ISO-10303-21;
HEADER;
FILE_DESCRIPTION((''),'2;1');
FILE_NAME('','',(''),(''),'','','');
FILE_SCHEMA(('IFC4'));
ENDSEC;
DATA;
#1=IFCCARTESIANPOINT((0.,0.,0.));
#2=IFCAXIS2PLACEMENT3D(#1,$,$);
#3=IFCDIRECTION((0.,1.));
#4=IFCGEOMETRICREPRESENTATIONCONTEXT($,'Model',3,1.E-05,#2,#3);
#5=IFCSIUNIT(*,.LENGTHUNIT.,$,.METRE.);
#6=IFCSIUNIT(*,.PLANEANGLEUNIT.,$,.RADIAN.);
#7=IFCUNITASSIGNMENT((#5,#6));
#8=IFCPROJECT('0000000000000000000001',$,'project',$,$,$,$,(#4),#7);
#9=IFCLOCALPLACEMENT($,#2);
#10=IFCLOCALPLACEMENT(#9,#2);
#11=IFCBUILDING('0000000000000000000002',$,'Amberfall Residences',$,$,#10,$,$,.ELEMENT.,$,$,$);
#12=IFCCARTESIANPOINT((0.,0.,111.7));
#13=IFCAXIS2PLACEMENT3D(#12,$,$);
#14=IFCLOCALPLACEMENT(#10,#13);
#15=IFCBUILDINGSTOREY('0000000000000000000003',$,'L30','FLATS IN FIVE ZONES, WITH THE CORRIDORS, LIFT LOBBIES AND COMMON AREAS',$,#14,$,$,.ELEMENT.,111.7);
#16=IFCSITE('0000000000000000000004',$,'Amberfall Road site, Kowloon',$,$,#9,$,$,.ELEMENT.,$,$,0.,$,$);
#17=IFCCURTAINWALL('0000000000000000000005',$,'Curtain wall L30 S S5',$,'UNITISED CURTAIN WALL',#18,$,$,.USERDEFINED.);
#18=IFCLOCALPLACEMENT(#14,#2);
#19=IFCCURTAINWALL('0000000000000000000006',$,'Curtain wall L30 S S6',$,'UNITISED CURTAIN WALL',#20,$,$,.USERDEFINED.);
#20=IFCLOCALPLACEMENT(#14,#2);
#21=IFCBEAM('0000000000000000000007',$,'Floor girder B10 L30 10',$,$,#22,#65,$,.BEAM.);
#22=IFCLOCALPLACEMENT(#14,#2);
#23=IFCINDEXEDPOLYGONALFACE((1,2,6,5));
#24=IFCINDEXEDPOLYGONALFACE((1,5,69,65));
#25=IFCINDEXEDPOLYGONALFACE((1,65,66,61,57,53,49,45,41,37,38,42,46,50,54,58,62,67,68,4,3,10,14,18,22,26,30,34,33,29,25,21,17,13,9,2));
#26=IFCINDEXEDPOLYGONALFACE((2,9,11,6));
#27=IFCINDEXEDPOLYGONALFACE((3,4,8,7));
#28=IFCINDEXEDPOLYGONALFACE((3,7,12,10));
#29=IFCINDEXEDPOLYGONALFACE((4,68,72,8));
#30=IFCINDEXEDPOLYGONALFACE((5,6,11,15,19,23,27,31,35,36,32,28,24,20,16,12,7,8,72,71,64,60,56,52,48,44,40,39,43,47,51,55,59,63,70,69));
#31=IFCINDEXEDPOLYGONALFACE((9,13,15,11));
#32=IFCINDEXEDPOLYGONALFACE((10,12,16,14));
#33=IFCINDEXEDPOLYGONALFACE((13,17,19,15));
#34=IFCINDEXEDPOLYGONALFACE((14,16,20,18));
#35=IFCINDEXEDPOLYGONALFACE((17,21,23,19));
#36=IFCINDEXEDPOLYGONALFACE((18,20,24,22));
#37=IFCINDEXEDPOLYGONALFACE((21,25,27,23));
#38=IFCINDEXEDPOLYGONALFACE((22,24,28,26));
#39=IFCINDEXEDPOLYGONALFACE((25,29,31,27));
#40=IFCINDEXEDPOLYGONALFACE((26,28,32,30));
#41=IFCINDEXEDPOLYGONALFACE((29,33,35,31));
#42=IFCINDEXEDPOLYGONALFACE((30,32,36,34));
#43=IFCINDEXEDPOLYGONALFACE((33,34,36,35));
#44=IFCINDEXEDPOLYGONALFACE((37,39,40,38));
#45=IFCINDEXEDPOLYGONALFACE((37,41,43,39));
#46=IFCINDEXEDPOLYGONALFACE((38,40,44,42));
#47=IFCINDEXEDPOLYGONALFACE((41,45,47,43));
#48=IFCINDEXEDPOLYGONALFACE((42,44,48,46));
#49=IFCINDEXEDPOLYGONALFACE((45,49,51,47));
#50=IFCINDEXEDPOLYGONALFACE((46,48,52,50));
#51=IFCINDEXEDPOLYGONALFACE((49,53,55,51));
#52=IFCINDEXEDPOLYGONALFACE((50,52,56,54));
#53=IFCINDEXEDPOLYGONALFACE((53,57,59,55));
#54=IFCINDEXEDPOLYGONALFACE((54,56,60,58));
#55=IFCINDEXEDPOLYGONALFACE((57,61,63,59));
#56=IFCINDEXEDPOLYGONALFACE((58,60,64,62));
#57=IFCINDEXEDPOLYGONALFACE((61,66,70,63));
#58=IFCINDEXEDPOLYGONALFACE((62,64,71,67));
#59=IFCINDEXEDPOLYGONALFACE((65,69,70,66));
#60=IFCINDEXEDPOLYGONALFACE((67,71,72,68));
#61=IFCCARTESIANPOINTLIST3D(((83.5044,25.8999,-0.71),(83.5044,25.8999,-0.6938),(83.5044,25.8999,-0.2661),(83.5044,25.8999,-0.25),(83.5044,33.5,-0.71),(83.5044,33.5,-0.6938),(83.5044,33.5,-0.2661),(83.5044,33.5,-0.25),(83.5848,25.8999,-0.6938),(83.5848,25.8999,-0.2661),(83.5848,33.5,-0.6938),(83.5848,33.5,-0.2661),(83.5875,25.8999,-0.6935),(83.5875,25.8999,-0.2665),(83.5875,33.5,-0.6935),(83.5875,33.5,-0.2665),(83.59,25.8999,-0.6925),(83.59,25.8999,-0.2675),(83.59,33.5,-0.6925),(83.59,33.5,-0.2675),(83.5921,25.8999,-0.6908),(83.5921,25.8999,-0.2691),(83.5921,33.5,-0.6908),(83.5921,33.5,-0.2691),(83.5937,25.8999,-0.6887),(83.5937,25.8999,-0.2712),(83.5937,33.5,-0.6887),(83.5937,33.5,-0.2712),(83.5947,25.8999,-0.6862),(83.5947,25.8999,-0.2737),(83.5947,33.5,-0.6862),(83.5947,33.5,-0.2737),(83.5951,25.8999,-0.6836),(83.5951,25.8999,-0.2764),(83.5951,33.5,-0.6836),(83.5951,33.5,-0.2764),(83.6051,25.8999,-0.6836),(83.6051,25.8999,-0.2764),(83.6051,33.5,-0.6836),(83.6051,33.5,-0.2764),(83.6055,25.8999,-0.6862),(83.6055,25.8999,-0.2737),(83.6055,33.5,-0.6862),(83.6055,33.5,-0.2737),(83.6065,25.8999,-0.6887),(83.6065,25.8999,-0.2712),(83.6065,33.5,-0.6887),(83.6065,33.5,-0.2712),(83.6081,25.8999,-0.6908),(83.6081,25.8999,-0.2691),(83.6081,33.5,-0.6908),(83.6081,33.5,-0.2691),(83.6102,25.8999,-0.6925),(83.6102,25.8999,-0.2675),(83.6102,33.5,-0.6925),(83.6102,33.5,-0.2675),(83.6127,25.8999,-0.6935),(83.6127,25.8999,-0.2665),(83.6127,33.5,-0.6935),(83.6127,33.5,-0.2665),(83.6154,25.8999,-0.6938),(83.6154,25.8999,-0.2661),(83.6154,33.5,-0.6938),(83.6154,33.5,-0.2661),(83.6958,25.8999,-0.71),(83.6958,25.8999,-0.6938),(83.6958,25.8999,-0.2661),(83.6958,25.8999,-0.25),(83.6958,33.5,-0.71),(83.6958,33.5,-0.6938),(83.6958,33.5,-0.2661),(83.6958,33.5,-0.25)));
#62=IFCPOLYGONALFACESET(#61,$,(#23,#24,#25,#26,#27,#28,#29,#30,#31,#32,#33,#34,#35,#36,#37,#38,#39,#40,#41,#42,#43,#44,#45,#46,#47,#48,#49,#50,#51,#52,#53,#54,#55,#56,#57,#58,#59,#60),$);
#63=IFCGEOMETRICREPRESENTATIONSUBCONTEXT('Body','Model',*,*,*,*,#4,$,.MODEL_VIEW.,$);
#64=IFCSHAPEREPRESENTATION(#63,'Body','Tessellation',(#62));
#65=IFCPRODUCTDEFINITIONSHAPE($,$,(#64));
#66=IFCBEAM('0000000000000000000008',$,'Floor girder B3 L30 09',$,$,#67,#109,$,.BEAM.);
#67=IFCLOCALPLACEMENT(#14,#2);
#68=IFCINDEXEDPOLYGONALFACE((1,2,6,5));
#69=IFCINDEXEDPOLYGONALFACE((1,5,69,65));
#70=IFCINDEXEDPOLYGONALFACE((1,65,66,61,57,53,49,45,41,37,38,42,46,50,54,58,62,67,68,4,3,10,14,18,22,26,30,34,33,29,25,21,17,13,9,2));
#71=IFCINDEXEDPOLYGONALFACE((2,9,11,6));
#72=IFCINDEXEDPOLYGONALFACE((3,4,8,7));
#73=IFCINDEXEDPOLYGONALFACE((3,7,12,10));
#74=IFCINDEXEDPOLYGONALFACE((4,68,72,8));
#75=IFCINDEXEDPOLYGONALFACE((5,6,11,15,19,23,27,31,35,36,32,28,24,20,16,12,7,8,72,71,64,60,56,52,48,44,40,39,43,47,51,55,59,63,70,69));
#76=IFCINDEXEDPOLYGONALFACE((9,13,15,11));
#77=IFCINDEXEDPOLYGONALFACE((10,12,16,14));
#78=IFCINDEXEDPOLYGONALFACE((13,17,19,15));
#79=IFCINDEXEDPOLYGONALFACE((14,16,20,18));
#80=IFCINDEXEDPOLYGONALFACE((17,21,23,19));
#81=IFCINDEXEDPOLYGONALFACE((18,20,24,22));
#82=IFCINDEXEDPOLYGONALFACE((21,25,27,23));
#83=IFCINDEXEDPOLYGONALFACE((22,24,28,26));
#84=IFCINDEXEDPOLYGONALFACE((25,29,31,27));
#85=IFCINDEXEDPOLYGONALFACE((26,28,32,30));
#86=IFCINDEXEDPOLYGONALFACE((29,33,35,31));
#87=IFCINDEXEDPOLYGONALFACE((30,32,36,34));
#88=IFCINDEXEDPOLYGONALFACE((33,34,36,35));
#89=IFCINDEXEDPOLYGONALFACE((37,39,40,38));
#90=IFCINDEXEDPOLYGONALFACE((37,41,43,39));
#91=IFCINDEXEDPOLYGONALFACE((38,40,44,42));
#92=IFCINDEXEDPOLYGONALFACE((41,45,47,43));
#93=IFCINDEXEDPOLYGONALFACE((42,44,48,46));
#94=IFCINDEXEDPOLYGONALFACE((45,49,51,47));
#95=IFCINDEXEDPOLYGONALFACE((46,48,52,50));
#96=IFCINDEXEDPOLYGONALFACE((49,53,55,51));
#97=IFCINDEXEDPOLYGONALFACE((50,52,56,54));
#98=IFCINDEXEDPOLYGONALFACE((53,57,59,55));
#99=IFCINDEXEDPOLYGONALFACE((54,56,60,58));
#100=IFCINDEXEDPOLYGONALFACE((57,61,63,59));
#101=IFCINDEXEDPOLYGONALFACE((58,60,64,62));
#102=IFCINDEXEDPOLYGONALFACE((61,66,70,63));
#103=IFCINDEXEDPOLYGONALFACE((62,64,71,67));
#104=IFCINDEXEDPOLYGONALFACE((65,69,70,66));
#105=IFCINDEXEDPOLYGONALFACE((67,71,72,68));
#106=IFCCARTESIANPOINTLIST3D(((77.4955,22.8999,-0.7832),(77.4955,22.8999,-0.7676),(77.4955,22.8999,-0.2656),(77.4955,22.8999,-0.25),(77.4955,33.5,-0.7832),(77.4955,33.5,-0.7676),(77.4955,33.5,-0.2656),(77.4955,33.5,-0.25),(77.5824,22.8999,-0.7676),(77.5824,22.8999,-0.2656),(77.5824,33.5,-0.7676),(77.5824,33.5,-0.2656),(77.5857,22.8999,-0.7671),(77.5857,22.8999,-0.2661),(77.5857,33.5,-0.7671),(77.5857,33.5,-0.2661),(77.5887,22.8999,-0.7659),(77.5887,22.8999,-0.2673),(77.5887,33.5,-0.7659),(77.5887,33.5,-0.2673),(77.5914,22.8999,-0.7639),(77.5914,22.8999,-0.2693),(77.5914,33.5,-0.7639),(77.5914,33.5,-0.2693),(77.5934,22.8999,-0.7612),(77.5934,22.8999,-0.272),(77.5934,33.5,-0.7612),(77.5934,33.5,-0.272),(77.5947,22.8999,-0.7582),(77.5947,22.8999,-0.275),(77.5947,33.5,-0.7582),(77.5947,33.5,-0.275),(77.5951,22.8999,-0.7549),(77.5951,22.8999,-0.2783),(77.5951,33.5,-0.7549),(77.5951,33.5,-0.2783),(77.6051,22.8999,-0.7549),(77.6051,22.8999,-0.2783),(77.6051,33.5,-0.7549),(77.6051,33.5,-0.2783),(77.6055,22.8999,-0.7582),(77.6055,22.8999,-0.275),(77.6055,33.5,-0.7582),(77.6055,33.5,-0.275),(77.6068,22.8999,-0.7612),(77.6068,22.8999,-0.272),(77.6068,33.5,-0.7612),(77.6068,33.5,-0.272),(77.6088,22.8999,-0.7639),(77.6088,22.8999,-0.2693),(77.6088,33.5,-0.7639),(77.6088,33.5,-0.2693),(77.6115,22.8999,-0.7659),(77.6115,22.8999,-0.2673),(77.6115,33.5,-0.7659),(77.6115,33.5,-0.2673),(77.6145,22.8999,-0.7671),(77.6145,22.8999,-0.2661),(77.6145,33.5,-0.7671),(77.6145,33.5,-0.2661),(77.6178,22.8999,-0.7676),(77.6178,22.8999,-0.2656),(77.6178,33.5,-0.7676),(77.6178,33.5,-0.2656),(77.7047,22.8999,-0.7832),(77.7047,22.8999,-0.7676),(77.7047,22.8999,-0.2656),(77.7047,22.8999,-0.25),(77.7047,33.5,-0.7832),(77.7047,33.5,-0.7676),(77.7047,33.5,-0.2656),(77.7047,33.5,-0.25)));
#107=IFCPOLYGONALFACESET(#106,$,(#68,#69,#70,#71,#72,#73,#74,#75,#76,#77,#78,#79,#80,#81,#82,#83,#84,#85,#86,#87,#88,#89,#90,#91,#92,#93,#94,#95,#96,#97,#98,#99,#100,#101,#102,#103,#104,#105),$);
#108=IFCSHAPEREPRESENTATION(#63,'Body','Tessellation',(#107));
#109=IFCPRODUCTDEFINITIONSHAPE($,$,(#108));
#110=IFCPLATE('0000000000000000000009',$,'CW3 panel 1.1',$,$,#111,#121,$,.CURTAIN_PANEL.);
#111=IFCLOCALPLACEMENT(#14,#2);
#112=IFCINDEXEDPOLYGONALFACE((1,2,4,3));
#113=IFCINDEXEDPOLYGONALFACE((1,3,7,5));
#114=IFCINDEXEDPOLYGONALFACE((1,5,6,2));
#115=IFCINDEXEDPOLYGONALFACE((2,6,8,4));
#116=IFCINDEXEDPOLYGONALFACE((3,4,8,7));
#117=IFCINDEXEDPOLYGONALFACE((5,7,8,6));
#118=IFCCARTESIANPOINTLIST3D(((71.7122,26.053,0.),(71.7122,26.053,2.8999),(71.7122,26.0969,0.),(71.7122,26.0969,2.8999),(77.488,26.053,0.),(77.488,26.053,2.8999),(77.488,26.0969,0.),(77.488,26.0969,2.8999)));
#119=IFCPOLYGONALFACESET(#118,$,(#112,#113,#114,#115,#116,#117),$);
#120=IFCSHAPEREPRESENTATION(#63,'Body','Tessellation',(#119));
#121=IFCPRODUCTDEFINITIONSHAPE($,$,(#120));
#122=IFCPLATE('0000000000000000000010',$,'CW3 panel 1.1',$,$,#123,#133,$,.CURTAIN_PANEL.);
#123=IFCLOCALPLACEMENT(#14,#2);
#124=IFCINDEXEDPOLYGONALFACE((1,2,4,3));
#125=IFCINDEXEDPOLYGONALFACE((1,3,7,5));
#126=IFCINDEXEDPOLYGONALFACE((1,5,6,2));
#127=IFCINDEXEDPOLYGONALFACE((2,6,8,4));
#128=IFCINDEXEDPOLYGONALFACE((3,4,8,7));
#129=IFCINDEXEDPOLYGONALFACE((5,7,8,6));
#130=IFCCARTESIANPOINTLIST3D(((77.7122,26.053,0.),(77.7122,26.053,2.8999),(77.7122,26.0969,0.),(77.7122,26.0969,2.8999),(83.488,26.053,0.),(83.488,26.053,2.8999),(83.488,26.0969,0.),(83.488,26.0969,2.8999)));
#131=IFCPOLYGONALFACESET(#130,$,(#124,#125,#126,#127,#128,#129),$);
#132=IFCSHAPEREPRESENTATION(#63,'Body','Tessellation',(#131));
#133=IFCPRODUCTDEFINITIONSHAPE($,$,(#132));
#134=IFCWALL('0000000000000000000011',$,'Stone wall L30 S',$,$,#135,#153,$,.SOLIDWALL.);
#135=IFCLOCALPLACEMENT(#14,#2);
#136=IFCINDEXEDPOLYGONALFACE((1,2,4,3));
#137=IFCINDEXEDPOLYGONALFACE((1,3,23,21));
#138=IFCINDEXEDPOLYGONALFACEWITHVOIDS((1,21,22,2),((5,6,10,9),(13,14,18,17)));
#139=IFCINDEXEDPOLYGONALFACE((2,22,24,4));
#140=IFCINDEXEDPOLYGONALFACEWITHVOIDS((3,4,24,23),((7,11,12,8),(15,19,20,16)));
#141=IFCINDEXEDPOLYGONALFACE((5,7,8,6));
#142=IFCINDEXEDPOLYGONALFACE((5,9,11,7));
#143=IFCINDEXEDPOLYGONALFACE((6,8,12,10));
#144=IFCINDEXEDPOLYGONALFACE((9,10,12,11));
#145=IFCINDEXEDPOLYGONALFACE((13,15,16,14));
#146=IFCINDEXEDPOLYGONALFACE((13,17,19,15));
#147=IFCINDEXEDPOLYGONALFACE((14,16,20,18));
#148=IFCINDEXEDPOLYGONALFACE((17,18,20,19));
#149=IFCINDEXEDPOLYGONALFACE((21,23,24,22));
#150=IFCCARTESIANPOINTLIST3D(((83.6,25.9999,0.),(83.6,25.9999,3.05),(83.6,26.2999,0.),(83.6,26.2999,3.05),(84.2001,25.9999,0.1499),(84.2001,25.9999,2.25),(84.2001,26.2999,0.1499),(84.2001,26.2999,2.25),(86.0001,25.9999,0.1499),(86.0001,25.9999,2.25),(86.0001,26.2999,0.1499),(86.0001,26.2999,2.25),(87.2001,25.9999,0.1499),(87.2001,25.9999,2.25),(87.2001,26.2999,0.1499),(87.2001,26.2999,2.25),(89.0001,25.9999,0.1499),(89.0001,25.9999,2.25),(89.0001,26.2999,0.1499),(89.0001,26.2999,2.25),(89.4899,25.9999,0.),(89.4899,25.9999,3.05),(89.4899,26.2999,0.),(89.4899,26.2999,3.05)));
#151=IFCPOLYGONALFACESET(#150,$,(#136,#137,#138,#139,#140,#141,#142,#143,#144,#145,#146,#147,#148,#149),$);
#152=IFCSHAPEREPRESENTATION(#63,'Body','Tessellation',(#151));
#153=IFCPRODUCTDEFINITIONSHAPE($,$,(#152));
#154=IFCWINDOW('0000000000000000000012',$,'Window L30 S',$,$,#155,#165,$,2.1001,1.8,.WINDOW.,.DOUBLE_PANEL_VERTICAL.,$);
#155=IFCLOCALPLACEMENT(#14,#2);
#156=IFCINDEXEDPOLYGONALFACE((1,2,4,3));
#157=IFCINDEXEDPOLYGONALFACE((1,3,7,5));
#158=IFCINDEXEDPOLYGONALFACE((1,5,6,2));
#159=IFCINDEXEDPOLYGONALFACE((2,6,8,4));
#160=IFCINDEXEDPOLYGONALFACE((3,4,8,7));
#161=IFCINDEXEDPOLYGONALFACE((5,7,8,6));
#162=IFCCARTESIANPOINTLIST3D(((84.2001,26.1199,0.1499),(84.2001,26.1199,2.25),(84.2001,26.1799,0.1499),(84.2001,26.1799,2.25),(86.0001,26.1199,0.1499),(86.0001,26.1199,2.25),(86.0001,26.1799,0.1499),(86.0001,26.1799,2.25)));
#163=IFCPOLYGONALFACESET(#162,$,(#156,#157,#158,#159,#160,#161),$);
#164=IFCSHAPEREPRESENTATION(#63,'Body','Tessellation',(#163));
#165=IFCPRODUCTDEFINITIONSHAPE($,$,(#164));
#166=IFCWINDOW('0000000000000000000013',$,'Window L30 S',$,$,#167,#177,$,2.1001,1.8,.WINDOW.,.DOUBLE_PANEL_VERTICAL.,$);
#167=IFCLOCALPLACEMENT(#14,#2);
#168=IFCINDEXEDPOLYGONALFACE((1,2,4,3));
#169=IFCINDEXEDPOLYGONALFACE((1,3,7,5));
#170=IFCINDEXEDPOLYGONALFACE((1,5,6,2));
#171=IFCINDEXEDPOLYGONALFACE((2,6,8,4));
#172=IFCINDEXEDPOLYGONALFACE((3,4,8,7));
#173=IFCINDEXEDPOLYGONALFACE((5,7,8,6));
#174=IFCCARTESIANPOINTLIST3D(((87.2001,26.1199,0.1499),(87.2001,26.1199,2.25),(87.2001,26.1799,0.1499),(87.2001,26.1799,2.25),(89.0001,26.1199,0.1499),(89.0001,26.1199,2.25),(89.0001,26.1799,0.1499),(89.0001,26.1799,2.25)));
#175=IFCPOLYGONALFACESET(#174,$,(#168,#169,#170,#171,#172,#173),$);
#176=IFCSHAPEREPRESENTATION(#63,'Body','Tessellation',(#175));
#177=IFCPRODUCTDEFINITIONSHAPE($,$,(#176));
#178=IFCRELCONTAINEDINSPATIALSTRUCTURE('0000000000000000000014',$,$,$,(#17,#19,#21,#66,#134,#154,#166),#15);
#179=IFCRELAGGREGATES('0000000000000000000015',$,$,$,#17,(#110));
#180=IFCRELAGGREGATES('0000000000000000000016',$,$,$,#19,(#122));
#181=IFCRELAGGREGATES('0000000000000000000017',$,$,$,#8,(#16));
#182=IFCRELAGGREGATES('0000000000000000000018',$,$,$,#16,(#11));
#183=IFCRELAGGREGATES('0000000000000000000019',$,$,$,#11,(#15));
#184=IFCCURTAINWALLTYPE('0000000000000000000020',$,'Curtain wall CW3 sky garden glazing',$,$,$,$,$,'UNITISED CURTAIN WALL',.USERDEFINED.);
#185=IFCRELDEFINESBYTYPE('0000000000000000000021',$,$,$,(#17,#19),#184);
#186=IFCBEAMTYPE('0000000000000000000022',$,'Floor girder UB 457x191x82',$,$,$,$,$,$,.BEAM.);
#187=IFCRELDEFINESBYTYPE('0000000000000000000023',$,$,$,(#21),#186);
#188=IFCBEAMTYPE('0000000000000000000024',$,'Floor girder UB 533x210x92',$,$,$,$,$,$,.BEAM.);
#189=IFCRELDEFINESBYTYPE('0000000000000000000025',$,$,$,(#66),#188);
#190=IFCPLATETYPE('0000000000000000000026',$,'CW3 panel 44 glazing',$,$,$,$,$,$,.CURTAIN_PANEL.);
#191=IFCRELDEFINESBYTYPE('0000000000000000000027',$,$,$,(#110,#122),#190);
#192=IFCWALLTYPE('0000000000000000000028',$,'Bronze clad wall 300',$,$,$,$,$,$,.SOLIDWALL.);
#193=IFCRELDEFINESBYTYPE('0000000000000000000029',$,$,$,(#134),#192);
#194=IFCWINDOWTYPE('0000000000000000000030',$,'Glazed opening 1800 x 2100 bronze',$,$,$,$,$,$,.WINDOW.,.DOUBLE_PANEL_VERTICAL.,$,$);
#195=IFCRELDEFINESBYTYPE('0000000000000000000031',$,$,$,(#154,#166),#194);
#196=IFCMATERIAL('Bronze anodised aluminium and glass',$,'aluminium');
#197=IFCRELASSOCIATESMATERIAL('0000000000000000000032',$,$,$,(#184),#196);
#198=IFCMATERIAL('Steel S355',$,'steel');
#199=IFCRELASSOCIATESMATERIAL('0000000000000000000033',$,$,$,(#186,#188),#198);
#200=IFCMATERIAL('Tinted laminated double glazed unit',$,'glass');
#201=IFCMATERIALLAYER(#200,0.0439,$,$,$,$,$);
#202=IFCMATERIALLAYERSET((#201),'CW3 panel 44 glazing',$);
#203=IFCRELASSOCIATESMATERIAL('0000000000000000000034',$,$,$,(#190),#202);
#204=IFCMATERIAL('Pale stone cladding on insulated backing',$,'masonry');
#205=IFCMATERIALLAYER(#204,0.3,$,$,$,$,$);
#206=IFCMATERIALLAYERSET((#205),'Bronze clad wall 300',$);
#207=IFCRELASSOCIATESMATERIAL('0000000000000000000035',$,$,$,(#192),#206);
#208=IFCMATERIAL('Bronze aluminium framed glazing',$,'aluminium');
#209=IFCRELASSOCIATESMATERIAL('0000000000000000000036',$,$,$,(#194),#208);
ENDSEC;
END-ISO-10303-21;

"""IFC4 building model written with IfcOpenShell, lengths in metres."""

from ifc_helpers import new_model, si_unit, direction, frame, frame_2d, origin, origin_2d, place, context, subcontext, project, spatial, rectangle, i_section, extrude, material, layer, layer_set, material_profile, profile_set, type_object, element, fill, aggregate, save


model = new_model("IFC4")

# Units and contexts
model_context = context("Model", 3, precision=1e-05, world=origin(), true_north=direction((0.0, 1.0)))
body_context = subcontext(model_context, "Body", "Model", "MODEL_VIEW")
ifc_project = project(units=[si_unit("LENGTHUNIT", "METRE"), si_unit("PLANEANGLEUNIT", "RADIAN")], contexts=[model_context])

# Site, building, storey
site_placement = place(None, origin())
site = spatial("IfcSite", under=ifc_project, at=site_placement, Name="Amberfall Road site, Kowloon", CompositionType="ELEMENT", RefElevation=0.0)
building_placement = place(site_placement, origin())
building = spatial("IfcBuilding", under=site, at=building_placement, Name="Amberfall Residences", CompositionType="ELEMENT")
storey_placement = place(building_placement, frame((0.0, 0.0, 111.7)))
storey = spatial("IfcBuildingStorey", under=building, at=storey_placement, Name="L30", Description="FLATS IN FIVE ZONES, WITH THE CORRIDORS, LIFT LOBBIES AND COMMON AREAS", CompositionType="ELEMENT", Elevation=111.7)

# Curtain wall
ifc_material_1 = material(Name="Bronze anodised aluminium and glass", Category="aluminium")
curtain_wall_type = type_object("IfcCurtainWallType", Name="Curtain wall CW3 sky garden glazing", ElementType="UNITISED CURTAIN WALL", PredefinedType="USERDEFINED", material=ifc_material_1)
curtain_wall_1_placement = place(storey_placement, origin())
curtain_wall_1 = element("IfcCurtainWall", 1, at=curtain_wall_1_placement, inside=storey, type_object=curtain_wall_type, Name="Curtain wall L30 S S5", ObjectType="UNITISED CURTAIN WALL", PredefinedType="USERDEFINED")

# Curtain wall
curtain_wall_2_placement = place(storey_placement, origin())
curtain_wall_2 = element("IfcCurtainWall", 2, at=curtain_wall_2_placement, inside=storey, type_object=curtain_wall_type, Name="Curtain wall L30 S S6", ObjectType="UNITISED CURTAIN WALL", PredefinedType="USERDEFINED")

# Beams
ifc_material_2 = material(Name="Steel S355", Category="steel")
ifc_material_profile_1 = material_profile(ifc_material_2, i_section(OverallWidth=0.1914, OverallDepth=0.46, WebThickness=0.01, FlangeThickness=0.0161, FilletRadius=0.0103, at=origin_2d()), Name="UB 457x191x82")
ifc_profile_set_1 = profile_set([ifc_material_profile_1], Name="Steel S355")
beam_type_1 = type_object("IfcBeamType", Name="Floor girder UB 457x191x82", PredefinedType="BEAM", material=ifc_profile_set_1)
beam_1_placement = place(storey_placement, frame((83.6001, 25.8999, -0.48), z_axis=(0.0, 1.0, 0.0), x_axis=(-1.0, 0.0, 0.0)))
element("IfcBeam", 3, at=beam_1_placement, inside=storey, type_object=beam_type_1, Name="Floor girder B10 L30 10", PredefinedType="BEAM", context=body_context, shape_type="SweptSolid", body=[
    extrude(i_section(OverallWidth=0.1914, OverallDepth=0.46, WebThickness=0.01, FlangeThickness=0.0161, FilletRadius=0.0103, at=origin_2d()), origin(), (0.0, 0.0, 1.0), 7.6001),
])
ifc_material_profile_2 = material_profile(ifc_material_2, i_section(OverallWidth=0.2092, OverallDepth=0.5332, WebThickness=0.01, FlangeThickness=0.0156, FilletRadius=0.0127, at=origin_2d()), Name="UB 533x210x92")
ifc_profile_set_2 = profile_set([ifc_material_profile_2], Name="Steel S355")
beam_type_2 = type_object("IfcBeamType", Name="Floor girder UB 533x210x92", PredefinedType="BEAM", material=ifc_profile_set_2)
beam_2_placement = place(storey_placement, frame((77.6001, 22.8999, -0.5166), z_axis=(0.0, 1.0, 0.0), x_axis=(-1.0, 0.0, 0.0)))
element("IfcBeam", 4, at=beam_2_placement, inside=storey, type_object=beam_type_2, Name="Floor girder B3 L30 09", PredefinedType="BEAM", context=body_context, shape_type="SweptSolid", body=[
    extrude(i_section(OverallWidth=0.2092, OverallDepth=0.5332, WebThickness=0.01, FlangeThickness=0.0156, FilletRadius=0.0127, at=origin_2d()), origin(), (0.0, 0.0, 1.0), 10.6001),
])

# Plates
ifc_material_3 = material(Name="Tinted laminated double glazed unit", Category="glass")
ifc_layer_1 = layer(ifc_material_3, 0.0439)
ifc_layer_set_1 = layer_set([ifc_layer_1], Name="CW3 panel 44 glazing")
plate_type = type_object("IfcPlateType", Name="CW3 panel 44 glazing", PredefinedType="CURTAIN_PANEL", material=ifc_layer_set_1)
plate_1_placement = place(storey_placement, frame((74.6001, 26.075, 0.0), z_axis=(0.0, 0.0, 1.0), x_axis=(1.0, 0.0, 0.0)))
plate_1 = element("IfcPlate", 5, at=plate_1_placement, type_object=plate_type, Name="CW3 panel 1.1", PredefinedType="CURTAIN_PANEL", context=body_context, shape_type="SweptSolid", body=[
    extrude(rectangle(XDim=5.7759, YDim=0.0439, at=origin_2d()), origin(), (0.0, 0.0, 1.0), 2.8999),
])
aggregate(curtain_wall_1, [plate_1])
plate_2_placement = place(storey_placement, frame((80.6001, 26.075, 0.0), z_axis=(0.0, 0.0, 1.0), x_axis=(1.0, 0.0, 0.0)))
plate_2 = element("IfcPlate", 6, at=plate_2_placement, type_object=plate_type, Name="CW3 panel 1.1", PredefinedType="CURTAIN_PANEL", context=body_context, shape_type="SweptSolid", body=[
    extrude(rectangle(XDim=5.7759, YDim=0.0439, at=origin_2d()), origin(), (0.0, 0.0, 1.0), 2.8999),
])
aggregate(curtain_wall_2, [plate_2])

# Wall, openings, windows
ifc_material_4 = material(Name="Pale stone cladding on insulated backing", Category="masonry")
ifc_layer_2 = layer(ifc_material_4, 0.3)
ifc_layer_set_2 = layer_set([ifc_layer_2], Name="Bronze clad wall 300")
wall_type_1 = type_object("IfcWallType", Name="Bronze clad wall 300", PredefinedType="SOLIDWALL", material=ifc_layer_set_2)
wall_1_placement = place(storey_placement, frame((83.6001, 26.1499, 0.0), z_axis=(0.0, 0.0, 1.0), x_axis=(1.0, 0.0, 0.0)))
wall_1 = element("IfcWall", 7, at=wall_1_placement, inside=storey, type_object=wall_type_1, Name="Stone wall L30 S", PredefinedType="SOLIDWALL", context=body_context, shape_type="SweptSolid", body=[
    extrude(rectangle(XDim=5.8899, YDim=0.3, at=frame_2d((2.9448, 0.0))), origin(), (0.0, 0.0, 1.0), 3.05),
])
opening_1_placement = place(wall_1_placement, frame((0.6001, 0.0, 0.1499)))
opening_1 = element("IfcOpeningElement", 8, at=opening_1_placement, cuts=wall_1, PredefinedType="OPENING", context=body_context, shape_type="SweptSolid", body=[
    extrude(rectangle(XDim=1.8, YDim=2.1001, at=frame_2d((0.8999, 1.05))), frame((0.0, 0.1599, 0.0), z_axis=(0.0, -1.0, 0.0), x_axis=(1.0, 0.0, 0.0)), (0.0, 0.0, 1.0), 0.3201),
])
opening_2_placement = place(wall_1_placement, frame((3.6001, 0.0, 0.1499)))
opening_2 = element("IfcOpeningElement", 9, at=opening_2_placement, cuts=wall_1, PredefinedType="OPENING", context=body_context, shape_type="SweptSolid", body=[
    extrude(rectangle(XDim=1.8, YDim=2.1001, at=frame_2d((0.8999, 1.05))), frame((0.0, 0.1599, 0.0), z_axis=(0.0, -1.0, 0.0), x_axis=(1.0, 0.0, 0.0)), (0.0, 0.0, 1.0), 0.3201),
])
ifc_material_5 = material(Name="Bronze aluminium framed glazing", Category="aluminium")
window_type = type_object("IfcWindowType", Name="Glazed opening 1800 x 2100 bronze", PartitioningType="DOUBLE_PANEL_VERTICAL", PredefinedType="WINDOW", material=ifc_material_5)
window_1_placement = place(opening_1_placement, origin())
window_1 = element("IfcWindow", 10, at=window_1_placement, inside=storey, type_object=window_type, Name="Window L30 S", OverallHeight=2.1001, OverallWidth=1.8, PartitioningType="DOUBLE_PANEL_VERTICAL", PredefinedType="WINDOW", context=body_context, shape_type="SweptSolid", body=[
    extrude(rectangle(XDim=1.8, YDim=2.1001, at=frame_2d((0.8999, 1.05))), frame((0.0, 0.03, 0.0), z_axis=(0.0, -1.0, 0.0), x_axis=(1.0, 0.0, 0.0)), (0.0, 0.0, 1.0), 0.0601),
])
fill(opening_1, window_1)
window_2_placement = place(opening_2_placement, origin())
window_2 = element("IfcWindow", 11, at=window_2_placement, inside=storey, type_object=window_type, Name="Window L30 S", OverallHeight=2.1001, OverallWidth=1.8, PartitioningType="DOUBLE_PANEL_VERTICAL", PredefinedType="WINDOW", context=body_context, shape_type="SweptSolid", body=[
    extrude(rectangle(XDim=1.8, YDim=2.1001, at=frame_2d((0.8999, 1.05))), frame((0.0, 0.03, 0.0), z_axis=(0.0, -1.0, 0.0), x_axis=(1.0, 0.0, 0.0)), (0.0, 0.0, 1.0), 0.0601),
])
fill(opening_2, window_2)

save(model, "model.ifc")
